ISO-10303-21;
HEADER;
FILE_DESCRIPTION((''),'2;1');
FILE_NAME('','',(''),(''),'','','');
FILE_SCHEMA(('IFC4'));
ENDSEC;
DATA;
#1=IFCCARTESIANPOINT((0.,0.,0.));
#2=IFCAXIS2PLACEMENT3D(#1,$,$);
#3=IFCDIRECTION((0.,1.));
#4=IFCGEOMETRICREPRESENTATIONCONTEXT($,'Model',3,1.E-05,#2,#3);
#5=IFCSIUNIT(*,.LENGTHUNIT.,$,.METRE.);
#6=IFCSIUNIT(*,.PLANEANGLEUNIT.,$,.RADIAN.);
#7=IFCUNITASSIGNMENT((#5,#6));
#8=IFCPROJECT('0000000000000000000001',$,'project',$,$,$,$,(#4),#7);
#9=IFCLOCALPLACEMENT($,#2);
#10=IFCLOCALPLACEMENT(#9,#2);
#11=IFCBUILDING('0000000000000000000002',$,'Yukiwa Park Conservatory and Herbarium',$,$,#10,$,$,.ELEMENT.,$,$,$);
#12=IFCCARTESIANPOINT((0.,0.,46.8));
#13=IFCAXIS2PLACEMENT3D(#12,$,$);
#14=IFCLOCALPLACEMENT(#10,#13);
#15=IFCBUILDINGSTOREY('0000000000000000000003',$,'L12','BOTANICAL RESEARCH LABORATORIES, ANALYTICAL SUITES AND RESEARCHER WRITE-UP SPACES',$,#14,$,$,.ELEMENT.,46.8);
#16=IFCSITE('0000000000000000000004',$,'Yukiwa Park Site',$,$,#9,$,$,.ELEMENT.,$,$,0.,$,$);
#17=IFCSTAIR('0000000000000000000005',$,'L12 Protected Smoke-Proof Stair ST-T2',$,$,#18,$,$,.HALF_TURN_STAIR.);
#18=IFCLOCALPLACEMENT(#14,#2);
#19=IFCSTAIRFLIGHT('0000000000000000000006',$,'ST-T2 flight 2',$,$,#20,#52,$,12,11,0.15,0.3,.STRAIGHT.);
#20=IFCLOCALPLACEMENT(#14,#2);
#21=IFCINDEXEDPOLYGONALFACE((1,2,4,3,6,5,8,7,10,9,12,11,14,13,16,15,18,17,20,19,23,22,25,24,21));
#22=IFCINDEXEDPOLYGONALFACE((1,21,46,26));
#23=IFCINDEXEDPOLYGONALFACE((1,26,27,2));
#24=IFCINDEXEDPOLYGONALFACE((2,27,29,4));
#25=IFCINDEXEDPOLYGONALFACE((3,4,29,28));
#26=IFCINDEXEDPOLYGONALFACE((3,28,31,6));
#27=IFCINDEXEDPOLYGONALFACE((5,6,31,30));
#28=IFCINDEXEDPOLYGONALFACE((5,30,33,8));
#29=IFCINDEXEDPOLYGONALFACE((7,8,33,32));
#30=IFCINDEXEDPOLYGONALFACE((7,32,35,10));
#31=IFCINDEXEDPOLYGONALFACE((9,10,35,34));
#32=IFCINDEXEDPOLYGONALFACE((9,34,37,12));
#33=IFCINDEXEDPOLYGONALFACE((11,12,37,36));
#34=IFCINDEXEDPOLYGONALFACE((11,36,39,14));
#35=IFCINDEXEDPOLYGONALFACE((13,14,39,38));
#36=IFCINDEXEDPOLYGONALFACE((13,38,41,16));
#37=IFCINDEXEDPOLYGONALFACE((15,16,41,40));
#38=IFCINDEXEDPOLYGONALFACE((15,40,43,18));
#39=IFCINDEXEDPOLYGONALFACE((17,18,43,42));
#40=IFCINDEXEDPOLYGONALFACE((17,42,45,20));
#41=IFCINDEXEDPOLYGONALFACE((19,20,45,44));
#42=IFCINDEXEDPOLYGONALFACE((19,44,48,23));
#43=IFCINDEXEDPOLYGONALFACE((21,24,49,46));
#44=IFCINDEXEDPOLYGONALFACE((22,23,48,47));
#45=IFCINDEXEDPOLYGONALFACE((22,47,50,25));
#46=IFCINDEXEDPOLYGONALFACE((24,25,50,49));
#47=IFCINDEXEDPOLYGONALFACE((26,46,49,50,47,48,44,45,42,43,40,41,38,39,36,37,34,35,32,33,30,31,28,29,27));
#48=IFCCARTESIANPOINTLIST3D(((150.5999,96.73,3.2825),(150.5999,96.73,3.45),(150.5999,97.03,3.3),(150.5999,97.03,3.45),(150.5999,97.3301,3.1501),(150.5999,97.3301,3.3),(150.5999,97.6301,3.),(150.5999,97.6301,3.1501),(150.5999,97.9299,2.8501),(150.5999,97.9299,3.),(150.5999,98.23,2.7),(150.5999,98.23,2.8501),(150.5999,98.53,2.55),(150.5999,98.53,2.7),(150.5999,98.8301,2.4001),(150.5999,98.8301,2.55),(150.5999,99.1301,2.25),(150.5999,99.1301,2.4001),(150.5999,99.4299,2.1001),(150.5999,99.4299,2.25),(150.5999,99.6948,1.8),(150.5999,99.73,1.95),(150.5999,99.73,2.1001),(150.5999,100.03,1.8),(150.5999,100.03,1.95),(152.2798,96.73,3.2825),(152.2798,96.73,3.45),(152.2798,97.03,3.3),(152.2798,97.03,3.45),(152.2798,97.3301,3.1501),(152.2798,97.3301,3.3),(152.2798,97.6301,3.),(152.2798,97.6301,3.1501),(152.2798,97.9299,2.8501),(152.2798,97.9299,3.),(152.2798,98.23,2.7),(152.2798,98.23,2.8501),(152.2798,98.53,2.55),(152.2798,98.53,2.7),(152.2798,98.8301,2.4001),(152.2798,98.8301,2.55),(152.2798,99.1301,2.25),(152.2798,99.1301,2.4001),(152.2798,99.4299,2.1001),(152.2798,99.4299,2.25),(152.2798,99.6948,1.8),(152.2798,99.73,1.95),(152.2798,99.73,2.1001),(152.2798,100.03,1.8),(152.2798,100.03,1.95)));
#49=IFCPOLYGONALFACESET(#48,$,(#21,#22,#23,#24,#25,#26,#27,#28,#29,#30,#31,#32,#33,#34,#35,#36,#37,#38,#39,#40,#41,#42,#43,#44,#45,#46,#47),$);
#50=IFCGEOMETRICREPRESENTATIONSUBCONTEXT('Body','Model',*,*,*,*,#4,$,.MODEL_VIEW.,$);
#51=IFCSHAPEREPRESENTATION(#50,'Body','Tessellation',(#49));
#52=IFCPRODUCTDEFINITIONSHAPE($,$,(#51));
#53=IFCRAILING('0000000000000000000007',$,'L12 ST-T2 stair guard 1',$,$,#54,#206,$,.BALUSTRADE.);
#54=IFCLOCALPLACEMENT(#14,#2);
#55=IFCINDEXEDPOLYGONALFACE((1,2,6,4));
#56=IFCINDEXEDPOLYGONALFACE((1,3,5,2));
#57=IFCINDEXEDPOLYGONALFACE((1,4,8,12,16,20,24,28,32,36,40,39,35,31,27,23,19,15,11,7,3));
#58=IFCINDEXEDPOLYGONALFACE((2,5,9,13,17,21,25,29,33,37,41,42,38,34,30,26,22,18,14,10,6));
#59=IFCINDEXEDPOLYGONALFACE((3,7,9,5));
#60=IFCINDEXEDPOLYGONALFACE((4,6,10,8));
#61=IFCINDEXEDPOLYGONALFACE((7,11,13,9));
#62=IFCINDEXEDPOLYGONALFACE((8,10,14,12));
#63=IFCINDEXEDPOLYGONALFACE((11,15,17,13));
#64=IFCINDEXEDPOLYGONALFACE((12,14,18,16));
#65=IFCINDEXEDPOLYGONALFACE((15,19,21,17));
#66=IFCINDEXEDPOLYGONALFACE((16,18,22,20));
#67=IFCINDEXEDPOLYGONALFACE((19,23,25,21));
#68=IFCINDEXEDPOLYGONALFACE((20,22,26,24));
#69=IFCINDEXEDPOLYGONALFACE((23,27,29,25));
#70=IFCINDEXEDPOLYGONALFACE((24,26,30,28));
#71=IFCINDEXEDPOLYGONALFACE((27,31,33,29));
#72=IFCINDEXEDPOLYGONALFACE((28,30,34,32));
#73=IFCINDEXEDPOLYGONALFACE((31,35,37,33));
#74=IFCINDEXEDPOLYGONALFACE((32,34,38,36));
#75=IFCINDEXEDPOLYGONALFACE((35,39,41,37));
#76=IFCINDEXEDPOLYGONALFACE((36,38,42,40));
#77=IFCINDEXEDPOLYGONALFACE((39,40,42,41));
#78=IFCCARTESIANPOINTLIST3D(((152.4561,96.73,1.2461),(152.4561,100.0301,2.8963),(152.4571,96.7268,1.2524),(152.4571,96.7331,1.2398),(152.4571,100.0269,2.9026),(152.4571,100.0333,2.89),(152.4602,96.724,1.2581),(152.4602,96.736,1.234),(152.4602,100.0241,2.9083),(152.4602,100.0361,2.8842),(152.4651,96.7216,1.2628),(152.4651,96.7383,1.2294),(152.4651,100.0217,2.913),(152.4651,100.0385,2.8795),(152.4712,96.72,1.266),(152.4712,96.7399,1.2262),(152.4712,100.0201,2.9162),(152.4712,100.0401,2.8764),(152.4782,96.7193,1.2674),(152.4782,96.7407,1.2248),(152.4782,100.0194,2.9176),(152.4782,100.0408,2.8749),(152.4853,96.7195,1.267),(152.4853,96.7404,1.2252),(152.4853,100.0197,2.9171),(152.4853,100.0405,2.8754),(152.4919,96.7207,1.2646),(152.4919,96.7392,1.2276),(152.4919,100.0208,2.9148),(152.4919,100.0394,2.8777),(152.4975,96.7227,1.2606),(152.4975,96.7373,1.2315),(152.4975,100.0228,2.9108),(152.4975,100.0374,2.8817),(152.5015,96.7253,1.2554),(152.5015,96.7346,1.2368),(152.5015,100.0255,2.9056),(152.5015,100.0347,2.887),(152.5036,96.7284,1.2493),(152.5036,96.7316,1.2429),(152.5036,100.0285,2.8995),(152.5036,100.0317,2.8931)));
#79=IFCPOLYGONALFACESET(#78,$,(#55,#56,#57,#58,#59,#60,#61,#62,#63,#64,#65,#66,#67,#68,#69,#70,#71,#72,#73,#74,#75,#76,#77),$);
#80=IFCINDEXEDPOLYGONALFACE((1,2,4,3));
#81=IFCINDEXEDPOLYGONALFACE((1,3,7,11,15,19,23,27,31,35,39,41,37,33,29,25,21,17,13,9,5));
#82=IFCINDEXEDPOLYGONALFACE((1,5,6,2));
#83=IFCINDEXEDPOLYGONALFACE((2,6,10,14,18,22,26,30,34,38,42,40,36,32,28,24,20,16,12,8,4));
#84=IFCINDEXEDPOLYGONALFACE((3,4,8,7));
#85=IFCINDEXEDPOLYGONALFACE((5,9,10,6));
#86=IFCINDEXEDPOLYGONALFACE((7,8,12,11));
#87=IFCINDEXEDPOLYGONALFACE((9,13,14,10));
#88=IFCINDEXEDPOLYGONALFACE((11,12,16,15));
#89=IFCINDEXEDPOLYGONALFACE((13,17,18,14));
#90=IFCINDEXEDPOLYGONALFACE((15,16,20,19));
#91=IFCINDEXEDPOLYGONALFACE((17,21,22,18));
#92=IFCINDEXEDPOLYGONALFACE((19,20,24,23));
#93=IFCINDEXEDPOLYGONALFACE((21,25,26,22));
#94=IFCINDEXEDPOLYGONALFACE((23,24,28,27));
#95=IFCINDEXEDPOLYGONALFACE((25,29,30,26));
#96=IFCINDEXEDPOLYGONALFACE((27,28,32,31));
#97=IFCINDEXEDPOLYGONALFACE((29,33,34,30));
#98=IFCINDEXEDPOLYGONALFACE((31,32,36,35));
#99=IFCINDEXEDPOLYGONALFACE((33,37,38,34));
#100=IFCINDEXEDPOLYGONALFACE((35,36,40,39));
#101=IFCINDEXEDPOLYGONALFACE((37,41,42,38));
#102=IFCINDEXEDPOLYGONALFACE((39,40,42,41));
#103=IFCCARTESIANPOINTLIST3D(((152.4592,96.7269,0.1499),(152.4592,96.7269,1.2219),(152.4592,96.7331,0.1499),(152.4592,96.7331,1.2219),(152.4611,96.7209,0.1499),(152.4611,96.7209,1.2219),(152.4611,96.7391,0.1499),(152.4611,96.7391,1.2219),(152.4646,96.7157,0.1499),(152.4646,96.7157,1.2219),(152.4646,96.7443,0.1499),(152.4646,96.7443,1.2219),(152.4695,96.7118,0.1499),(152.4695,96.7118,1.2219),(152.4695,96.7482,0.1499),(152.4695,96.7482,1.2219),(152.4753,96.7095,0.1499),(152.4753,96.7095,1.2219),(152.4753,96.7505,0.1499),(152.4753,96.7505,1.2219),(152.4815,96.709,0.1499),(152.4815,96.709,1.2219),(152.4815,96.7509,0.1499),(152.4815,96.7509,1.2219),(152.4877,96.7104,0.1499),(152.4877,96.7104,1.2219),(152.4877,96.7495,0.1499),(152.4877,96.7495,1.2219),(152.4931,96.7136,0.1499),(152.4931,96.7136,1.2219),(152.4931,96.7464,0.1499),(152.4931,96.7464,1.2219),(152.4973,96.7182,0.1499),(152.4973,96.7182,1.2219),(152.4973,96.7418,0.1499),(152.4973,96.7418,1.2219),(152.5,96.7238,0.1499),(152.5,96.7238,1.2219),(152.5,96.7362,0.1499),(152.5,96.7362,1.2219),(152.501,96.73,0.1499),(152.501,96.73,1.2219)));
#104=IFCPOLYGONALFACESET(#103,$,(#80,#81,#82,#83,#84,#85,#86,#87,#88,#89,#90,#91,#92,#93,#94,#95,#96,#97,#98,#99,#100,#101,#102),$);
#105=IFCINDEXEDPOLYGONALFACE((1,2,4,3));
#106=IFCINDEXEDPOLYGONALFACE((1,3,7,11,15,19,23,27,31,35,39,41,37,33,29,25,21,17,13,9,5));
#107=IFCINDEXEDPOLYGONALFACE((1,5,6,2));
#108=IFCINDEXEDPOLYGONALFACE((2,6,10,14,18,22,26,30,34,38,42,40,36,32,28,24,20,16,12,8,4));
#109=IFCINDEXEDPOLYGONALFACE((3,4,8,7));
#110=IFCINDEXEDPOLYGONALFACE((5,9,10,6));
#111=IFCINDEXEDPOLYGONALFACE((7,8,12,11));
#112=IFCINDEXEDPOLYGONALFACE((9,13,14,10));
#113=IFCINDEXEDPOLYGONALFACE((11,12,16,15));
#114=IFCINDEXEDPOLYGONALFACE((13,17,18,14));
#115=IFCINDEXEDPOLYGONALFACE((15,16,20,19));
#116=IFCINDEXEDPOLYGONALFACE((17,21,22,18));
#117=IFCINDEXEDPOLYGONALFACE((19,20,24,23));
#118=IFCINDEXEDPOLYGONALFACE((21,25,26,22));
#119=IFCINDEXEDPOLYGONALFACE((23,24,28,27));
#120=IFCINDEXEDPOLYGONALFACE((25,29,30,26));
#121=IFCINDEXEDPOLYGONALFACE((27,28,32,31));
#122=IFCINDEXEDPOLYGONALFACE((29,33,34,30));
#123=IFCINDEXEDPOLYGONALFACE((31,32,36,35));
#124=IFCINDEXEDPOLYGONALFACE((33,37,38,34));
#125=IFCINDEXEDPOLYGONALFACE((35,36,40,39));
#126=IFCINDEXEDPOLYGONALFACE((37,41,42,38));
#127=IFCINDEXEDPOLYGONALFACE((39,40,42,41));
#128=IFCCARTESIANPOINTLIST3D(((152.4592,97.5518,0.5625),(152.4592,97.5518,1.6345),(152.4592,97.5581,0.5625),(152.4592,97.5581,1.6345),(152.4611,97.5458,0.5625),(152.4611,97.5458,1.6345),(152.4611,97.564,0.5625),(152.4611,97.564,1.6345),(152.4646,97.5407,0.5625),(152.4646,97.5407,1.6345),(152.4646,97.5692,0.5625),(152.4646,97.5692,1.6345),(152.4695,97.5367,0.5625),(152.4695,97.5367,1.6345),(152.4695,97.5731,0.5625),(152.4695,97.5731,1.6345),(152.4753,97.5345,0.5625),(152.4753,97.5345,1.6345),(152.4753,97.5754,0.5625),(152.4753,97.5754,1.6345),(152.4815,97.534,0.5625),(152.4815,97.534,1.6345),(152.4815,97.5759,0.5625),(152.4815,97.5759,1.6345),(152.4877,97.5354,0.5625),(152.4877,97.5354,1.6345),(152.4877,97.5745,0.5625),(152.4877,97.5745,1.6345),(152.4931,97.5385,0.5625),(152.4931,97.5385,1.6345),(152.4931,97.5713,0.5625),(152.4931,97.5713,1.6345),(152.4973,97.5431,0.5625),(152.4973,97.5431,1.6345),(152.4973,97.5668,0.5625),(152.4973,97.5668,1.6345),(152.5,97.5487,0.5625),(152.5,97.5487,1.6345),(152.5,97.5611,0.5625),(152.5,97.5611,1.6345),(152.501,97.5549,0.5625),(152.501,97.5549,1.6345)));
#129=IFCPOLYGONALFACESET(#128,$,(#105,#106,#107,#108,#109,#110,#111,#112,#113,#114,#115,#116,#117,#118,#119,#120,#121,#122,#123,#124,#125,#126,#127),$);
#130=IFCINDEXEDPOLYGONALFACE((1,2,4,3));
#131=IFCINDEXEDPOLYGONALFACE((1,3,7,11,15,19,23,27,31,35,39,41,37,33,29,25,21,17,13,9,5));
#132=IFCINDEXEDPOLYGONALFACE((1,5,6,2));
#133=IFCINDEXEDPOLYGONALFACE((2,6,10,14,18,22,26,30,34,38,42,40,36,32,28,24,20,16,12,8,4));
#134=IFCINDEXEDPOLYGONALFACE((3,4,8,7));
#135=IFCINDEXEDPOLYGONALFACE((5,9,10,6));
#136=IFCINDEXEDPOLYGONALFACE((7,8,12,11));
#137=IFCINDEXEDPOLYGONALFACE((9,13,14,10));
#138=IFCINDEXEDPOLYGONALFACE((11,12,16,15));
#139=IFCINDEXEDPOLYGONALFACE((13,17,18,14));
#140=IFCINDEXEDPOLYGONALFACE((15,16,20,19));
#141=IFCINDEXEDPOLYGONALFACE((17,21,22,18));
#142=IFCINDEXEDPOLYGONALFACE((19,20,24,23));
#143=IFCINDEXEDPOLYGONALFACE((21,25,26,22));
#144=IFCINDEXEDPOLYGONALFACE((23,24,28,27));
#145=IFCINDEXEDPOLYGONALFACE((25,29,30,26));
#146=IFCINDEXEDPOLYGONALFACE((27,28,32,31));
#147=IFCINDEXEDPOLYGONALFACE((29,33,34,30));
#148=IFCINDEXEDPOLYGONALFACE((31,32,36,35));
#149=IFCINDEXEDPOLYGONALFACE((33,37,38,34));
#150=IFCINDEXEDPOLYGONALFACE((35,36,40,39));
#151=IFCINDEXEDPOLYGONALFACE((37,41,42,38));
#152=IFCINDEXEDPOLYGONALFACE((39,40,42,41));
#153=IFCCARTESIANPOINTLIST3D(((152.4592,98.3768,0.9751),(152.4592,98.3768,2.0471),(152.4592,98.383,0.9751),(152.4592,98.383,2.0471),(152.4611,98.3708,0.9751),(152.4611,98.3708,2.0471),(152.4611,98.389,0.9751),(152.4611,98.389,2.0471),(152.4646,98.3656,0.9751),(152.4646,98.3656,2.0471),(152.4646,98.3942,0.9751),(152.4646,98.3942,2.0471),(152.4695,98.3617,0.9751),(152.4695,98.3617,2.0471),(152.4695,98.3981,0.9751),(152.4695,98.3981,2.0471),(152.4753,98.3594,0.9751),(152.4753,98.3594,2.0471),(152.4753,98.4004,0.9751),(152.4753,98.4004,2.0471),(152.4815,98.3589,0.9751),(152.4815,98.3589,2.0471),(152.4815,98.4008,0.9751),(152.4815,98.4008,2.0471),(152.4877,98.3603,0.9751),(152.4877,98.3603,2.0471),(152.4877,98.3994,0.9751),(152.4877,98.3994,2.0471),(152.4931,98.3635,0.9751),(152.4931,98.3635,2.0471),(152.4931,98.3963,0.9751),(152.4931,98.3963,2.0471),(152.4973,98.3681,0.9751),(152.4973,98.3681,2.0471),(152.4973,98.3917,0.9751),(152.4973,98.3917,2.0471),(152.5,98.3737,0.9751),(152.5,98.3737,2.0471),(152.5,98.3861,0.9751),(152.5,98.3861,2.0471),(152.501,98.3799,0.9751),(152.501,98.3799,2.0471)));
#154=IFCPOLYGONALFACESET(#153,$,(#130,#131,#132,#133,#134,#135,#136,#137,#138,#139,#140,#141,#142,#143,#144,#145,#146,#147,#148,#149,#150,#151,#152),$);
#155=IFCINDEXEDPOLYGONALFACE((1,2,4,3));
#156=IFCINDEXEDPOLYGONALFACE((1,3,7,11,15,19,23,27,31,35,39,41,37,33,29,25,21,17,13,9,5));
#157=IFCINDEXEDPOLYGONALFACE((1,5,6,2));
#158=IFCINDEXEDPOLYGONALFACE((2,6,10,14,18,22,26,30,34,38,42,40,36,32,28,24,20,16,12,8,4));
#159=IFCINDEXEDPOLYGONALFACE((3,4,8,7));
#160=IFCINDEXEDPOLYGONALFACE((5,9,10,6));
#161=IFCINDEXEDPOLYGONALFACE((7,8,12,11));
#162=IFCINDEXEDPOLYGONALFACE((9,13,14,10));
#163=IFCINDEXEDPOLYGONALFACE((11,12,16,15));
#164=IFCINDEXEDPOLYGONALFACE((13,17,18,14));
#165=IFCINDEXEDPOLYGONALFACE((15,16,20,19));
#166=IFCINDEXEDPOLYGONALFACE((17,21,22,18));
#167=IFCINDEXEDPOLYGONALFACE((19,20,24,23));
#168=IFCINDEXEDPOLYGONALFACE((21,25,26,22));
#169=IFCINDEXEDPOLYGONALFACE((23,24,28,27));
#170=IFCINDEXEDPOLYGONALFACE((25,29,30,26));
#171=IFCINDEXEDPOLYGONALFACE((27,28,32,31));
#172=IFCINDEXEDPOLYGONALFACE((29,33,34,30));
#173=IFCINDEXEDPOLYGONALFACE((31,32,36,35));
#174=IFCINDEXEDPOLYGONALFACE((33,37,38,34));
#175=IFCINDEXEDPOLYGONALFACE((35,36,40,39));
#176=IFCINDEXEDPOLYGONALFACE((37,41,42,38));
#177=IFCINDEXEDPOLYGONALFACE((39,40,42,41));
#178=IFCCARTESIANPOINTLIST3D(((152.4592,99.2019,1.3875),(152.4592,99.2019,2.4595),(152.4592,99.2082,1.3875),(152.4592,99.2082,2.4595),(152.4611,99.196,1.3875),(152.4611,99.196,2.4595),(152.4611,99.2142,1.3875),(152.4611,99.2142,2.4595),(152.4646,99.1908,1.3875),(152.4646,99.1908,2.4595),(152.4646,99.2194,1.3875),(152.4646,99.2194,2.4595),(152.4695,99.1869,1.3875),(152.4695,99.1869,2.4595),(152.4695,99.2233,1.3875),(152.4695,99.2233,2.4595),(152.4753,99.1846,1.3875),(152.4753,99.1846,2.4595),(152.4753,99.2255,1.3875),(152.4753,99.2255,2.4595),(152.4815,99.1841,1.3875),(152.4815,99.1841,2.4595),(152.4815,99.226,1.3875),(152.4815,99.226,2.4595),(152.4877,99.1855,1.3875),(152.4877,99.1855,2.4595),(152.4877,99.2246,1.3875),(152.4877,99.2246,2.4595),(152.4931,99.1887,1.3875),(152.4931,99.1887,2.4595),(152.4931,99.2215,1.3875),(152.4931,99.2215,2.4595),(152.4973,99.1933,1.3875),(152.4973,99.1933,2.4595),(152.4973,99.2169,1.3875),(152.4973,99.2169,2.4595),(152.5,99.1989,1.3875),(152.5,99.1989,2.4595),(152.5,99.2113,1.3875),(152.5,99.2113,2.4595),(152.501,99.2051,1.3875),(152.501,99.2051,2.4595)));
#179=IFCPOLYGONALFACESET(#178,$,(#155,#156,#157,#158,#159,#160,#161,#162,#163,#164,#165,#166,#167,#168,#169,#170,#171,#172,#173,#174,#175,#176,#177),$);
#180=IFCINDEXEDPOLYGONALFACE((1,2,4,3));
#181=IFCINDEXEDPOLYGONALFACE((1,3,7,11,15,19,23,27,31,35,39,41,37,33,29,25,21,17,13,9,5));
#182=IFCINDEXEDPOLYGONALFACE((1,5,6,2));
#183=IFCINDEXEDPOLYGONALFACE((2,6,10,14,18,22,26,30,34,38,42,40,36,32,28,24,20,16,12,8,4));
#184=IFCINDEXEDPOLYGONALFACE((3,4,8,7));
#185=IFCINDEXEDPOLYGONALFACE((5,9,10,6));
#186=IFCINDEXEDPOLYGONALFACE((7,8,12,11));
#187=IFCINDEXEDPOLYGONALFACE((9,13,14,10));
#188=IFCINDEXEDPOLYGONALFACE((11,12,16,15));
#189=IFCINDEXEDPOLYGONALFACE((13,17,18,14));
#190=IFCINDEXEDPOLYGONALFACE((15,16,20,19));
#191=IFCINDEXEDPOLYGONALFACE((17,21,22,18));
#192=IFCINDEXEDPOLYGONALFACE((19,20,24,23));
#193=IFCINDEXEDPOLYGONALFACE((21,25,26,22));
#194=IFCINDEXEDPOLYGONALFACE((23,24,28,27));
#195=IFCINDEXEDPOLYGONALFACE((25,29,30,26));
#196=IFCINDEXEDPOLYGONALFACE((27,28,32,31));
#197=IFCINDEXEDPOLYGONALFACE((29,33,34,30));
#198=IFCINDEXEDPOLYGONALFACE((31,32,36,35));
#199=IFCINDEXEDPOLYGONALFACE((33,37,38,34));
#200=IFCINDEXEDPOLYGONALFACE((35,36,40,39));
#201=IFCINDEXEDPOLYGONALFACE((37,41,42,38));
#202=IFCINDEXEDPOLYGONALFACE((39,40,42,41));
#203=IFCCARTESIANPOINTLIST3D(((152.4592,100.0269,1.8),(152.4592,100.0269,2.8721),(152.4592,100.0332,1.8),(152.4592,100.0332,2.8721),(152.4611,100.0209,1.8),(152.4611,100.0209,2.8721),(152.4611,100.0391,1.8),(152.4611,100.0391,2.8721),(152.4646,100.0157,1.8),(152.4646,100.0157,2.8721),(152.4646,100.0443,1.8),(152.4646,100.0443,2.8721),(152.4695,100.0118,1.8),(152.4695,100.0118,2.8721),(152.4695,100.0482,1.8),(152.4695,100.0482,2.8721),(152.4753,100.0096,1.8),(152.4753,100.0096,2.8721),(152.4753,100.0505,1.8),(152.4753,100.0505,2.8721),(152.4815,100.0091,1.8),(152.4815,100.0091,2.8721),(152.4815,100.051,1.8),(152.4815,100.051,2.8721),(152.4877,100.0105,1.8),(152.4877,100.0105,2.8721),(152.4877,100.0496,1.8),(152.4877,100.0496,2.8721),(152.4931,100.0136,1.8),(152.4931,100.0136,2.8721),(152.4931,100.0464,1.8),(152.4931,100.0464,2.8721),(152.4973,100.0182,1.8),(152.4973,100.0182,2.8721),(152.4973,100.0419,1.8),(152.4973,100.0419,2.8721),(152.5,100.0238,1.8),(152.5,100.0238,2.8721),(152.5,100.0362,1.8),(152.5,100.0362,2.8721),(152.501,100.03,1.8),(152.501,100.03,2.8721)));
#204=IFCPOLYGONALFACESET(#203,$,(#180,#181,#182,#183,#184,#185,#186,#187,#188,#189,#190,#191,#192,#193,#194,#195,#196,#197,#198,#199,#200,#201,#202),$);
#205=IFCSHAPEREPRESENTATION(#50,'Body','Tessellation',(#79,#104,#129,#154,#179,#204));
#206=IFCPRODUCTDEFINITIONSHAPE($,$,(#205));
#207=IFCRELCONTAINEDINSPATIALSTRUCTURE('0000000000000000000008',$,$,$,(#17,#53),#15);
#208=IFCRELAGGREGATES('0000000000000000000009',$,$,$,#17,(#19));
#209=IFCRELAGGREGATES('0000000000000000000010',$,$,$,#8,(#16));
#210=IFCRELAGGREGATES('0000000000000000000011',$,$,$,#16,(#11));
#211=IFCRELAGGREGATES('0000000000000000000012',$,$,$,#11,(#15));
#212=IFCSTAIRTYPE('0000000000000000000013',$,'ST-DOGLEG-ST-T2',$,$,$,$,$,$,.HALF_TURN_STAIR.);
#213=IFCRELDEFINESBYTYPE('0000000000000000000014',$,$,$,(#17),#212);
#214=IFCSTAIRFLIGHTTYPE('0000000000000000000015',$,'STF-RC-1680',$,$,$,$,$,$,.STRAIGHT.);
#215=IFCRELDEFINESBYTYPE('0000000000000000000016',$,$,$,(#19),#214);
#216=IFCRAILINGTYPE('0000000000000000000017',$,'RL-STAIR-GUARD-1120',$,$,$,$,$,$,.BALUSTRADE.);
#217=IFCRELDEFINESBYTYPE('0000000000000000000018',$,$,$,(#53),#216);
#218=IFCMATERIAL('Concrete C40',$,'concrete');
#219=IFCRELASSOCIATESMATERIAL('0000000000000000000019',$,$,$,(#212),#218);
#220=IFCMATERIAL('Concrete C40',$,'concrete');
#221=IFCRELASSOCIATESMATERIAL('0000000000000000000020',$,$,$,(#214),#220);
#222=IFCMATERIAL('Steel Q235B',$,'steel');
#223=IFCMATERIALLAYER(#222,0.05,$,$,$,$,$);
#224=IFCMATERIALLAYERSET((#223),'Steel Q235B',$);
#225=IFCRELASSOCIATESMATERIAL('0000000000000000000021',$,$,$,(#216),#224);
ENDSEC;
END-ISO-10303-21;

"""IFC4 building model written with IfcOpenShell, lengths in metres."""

from ifc_helpers import new_model, si_unit, direction, frame, origin, origin_2d, place, context, subcontext, project, spatial, polyline, circle, outline, extrude, material, layer, layer_set, type_object, element, aggregate, save


model = new_model("IFC4")

# Units and contexts
model_context = context("Model", 3, precision=1e-05, world=origin(), true_north=direction((0.0, 1.0)))
body_context = subcontext(model_context, "Body", "Model", "MODEL_VIEW")
ifc_project = project(units=[si_unit("LENGTHUNIT", "METRE"), si_unit("PLANEANGLEUNIT", "RADIAN")], contexts=[model_context])

# Site, building, storey
site_placement = place(None, origin())
site = spatial("IfcSite", under=ifc_project, at=site_placement, Name="Yukiwa Park Site", CompositionType="ELEMENT", RefElevation=0.0)
building_placement = place(site_placement, origin())
building = spatial("IfcBuilding", under=site, at=building_placement, Name="Yukiwa Park Conservatory and Herbarium", CompositionType="ELEMENT")
storey_placement = place(building_placement, frame((0.0, 0.0, 46.8)))
storey = spatial("IfcBuildingStorey", under=building, at=storey_placement, Name="L12", Description="BOTANICAL RESEARCH LABORATORIES, ANALYTICAL SUITES AND RESEARCHER WRITE-UP SPACES", CompositionType="ELEMENT", Elevation=46.8)

# Stair, stair flight
ifc_material_1 = material(Name="Concrete C40", Category="concrete")
stair_type = type_object("IfcStairType", Name="ST-DOGLEG-ST-T2", PredefinedType="HALF_TURN_STAIR", material=ifc_material_1)
stair_placement = place(storey_placement, origin())
stair = element("IfcStair", 1, at=stair_placement, inside=storey, type_object=stair_type, Name="L12 Protected Smoke-Proof Stair ST-T2", PredefinedType="HALF_TURN_STAIR")
ifc_material_2 = material(Name="Concrete C40", Category="concrete")
stair_flight_type = type_object("IfcStairFlightType", Name="STF-RC-1680", PredefinedType="STRAIGHT", material=ifc_material_2)
stair_flight_1_placement = place(storey_placement, frame((151.4399, 100.03, 1.8), z_axis=(0.0, 0.0, 1.0), x_axis=(0.0, -1.0, 0.0)))
stair_flight_1 = element("IfcStairFlight", 2, at=stair_flight_1_placement, type_object=stair_flight_type, Name="ST-T2 flight 2", NumberOfRisers=12, NumberOfTreads=11, PredefinedType="STRAIGHT", RiserHeight=0.15, TreadLength=0.3, context=body_context, shape_type="SweptSolid", body=[
    extrude(outline(polyline([(0.0, 0.0), (0.0, 0.1499), (0.3, 0.1499), (0.3, 0.3), (0.6001, 0.3), (0.6001, 0.45), (0.8999, 0.45), (0.8999, 0.6001), (1.2, 0.6001), (1.2, 0.75), (1.5, 0.75), (1.5, 0.8999), (1.8, 0.8999), (1.8, 1.05), (2.1001, 1.05), (2.1001, 1.2), (2.3999, 1.2), (2.3999, 1.3501), (2.7, 1.3501), (2.7, 1.5), (3.0, 1.5), (3.0, 1.6499), (3.3, 1.6499), (3.3, 1.8), (3.3, 1.4824), (0.3352, 0.0), (0.0, 0.0)])), frame((0.0, 0.8398, 0.0), z_axis=(0.0, -1.0, 0.0), x_axis=(1.0, 0.0, 0.0)), (0.0, 0.0, 1.0), 1.6799),
])
aggregate(stair, [stair_flight_1])

# Railing
ifc_material_3 = material(Name="Steel Q235B", Category="steel")
ifc_layer_1 = layer(ifc_material_3, 0.05)
ifc_layer_set_1 = layer_set([ifc_layer_1], Name="Steel Q235B")
railing_type_1 = type_object("IfcRailingType", Name="RL-STAIR-GUARD-1120", PredefinedType="BALUSTRADE", material=ifc_layer_set_1)
railing_1_placement = place(storey_placement, frame((152.48, 96.73, 0.1499)))
element("IfcRailing", 3, at=railing_1_placement, inside=storey, type_object=railing_type_1, Name="L12 ST-T2 stair guard 1", PredefinedType="BALUSTRADE", context=body_context, shape_type="SweptSolid", body=[
    extrude(circle(Radius=0.0239, at=origin_2d()), frame((0.0, 0.0, 1.0962), z_axis=(0.0, 0.894414, 0.44724), x_axis=(-1.0, 0.0, 0.0)), (0.0, 0.0, 1.0), 3.6897),
    extrude(circle(Radius=0.021, at=origin_2d()), origin(), (0.0, 0.0, 1.0), 1.072),
    extrude(circle(Radius=0.021, at=origin_2d()), frame((0.0, 0.825, 0.4126)), (0.0, 0.0, 1.0), 1.072),
    extrude(circle(Radius=0.021, at=origin_2d()), frame((0.0, 1.6499, 0.8252)), (0.0, 0.0, 1.0), 1.072),
    extrude(circle(Radius=0.021, at=origin_2d()), frame((0.0, 2.4751, 1.2375)), (0.0, 0.0, 1.0), 1.072),
    extrude(circle(Radius=0.021, at=origin_2d()), frame((0.0, 3.3, 1.6501)), (0.0, 0.0, 1.0), 1.072),
])

save(model, "model.ifc")
